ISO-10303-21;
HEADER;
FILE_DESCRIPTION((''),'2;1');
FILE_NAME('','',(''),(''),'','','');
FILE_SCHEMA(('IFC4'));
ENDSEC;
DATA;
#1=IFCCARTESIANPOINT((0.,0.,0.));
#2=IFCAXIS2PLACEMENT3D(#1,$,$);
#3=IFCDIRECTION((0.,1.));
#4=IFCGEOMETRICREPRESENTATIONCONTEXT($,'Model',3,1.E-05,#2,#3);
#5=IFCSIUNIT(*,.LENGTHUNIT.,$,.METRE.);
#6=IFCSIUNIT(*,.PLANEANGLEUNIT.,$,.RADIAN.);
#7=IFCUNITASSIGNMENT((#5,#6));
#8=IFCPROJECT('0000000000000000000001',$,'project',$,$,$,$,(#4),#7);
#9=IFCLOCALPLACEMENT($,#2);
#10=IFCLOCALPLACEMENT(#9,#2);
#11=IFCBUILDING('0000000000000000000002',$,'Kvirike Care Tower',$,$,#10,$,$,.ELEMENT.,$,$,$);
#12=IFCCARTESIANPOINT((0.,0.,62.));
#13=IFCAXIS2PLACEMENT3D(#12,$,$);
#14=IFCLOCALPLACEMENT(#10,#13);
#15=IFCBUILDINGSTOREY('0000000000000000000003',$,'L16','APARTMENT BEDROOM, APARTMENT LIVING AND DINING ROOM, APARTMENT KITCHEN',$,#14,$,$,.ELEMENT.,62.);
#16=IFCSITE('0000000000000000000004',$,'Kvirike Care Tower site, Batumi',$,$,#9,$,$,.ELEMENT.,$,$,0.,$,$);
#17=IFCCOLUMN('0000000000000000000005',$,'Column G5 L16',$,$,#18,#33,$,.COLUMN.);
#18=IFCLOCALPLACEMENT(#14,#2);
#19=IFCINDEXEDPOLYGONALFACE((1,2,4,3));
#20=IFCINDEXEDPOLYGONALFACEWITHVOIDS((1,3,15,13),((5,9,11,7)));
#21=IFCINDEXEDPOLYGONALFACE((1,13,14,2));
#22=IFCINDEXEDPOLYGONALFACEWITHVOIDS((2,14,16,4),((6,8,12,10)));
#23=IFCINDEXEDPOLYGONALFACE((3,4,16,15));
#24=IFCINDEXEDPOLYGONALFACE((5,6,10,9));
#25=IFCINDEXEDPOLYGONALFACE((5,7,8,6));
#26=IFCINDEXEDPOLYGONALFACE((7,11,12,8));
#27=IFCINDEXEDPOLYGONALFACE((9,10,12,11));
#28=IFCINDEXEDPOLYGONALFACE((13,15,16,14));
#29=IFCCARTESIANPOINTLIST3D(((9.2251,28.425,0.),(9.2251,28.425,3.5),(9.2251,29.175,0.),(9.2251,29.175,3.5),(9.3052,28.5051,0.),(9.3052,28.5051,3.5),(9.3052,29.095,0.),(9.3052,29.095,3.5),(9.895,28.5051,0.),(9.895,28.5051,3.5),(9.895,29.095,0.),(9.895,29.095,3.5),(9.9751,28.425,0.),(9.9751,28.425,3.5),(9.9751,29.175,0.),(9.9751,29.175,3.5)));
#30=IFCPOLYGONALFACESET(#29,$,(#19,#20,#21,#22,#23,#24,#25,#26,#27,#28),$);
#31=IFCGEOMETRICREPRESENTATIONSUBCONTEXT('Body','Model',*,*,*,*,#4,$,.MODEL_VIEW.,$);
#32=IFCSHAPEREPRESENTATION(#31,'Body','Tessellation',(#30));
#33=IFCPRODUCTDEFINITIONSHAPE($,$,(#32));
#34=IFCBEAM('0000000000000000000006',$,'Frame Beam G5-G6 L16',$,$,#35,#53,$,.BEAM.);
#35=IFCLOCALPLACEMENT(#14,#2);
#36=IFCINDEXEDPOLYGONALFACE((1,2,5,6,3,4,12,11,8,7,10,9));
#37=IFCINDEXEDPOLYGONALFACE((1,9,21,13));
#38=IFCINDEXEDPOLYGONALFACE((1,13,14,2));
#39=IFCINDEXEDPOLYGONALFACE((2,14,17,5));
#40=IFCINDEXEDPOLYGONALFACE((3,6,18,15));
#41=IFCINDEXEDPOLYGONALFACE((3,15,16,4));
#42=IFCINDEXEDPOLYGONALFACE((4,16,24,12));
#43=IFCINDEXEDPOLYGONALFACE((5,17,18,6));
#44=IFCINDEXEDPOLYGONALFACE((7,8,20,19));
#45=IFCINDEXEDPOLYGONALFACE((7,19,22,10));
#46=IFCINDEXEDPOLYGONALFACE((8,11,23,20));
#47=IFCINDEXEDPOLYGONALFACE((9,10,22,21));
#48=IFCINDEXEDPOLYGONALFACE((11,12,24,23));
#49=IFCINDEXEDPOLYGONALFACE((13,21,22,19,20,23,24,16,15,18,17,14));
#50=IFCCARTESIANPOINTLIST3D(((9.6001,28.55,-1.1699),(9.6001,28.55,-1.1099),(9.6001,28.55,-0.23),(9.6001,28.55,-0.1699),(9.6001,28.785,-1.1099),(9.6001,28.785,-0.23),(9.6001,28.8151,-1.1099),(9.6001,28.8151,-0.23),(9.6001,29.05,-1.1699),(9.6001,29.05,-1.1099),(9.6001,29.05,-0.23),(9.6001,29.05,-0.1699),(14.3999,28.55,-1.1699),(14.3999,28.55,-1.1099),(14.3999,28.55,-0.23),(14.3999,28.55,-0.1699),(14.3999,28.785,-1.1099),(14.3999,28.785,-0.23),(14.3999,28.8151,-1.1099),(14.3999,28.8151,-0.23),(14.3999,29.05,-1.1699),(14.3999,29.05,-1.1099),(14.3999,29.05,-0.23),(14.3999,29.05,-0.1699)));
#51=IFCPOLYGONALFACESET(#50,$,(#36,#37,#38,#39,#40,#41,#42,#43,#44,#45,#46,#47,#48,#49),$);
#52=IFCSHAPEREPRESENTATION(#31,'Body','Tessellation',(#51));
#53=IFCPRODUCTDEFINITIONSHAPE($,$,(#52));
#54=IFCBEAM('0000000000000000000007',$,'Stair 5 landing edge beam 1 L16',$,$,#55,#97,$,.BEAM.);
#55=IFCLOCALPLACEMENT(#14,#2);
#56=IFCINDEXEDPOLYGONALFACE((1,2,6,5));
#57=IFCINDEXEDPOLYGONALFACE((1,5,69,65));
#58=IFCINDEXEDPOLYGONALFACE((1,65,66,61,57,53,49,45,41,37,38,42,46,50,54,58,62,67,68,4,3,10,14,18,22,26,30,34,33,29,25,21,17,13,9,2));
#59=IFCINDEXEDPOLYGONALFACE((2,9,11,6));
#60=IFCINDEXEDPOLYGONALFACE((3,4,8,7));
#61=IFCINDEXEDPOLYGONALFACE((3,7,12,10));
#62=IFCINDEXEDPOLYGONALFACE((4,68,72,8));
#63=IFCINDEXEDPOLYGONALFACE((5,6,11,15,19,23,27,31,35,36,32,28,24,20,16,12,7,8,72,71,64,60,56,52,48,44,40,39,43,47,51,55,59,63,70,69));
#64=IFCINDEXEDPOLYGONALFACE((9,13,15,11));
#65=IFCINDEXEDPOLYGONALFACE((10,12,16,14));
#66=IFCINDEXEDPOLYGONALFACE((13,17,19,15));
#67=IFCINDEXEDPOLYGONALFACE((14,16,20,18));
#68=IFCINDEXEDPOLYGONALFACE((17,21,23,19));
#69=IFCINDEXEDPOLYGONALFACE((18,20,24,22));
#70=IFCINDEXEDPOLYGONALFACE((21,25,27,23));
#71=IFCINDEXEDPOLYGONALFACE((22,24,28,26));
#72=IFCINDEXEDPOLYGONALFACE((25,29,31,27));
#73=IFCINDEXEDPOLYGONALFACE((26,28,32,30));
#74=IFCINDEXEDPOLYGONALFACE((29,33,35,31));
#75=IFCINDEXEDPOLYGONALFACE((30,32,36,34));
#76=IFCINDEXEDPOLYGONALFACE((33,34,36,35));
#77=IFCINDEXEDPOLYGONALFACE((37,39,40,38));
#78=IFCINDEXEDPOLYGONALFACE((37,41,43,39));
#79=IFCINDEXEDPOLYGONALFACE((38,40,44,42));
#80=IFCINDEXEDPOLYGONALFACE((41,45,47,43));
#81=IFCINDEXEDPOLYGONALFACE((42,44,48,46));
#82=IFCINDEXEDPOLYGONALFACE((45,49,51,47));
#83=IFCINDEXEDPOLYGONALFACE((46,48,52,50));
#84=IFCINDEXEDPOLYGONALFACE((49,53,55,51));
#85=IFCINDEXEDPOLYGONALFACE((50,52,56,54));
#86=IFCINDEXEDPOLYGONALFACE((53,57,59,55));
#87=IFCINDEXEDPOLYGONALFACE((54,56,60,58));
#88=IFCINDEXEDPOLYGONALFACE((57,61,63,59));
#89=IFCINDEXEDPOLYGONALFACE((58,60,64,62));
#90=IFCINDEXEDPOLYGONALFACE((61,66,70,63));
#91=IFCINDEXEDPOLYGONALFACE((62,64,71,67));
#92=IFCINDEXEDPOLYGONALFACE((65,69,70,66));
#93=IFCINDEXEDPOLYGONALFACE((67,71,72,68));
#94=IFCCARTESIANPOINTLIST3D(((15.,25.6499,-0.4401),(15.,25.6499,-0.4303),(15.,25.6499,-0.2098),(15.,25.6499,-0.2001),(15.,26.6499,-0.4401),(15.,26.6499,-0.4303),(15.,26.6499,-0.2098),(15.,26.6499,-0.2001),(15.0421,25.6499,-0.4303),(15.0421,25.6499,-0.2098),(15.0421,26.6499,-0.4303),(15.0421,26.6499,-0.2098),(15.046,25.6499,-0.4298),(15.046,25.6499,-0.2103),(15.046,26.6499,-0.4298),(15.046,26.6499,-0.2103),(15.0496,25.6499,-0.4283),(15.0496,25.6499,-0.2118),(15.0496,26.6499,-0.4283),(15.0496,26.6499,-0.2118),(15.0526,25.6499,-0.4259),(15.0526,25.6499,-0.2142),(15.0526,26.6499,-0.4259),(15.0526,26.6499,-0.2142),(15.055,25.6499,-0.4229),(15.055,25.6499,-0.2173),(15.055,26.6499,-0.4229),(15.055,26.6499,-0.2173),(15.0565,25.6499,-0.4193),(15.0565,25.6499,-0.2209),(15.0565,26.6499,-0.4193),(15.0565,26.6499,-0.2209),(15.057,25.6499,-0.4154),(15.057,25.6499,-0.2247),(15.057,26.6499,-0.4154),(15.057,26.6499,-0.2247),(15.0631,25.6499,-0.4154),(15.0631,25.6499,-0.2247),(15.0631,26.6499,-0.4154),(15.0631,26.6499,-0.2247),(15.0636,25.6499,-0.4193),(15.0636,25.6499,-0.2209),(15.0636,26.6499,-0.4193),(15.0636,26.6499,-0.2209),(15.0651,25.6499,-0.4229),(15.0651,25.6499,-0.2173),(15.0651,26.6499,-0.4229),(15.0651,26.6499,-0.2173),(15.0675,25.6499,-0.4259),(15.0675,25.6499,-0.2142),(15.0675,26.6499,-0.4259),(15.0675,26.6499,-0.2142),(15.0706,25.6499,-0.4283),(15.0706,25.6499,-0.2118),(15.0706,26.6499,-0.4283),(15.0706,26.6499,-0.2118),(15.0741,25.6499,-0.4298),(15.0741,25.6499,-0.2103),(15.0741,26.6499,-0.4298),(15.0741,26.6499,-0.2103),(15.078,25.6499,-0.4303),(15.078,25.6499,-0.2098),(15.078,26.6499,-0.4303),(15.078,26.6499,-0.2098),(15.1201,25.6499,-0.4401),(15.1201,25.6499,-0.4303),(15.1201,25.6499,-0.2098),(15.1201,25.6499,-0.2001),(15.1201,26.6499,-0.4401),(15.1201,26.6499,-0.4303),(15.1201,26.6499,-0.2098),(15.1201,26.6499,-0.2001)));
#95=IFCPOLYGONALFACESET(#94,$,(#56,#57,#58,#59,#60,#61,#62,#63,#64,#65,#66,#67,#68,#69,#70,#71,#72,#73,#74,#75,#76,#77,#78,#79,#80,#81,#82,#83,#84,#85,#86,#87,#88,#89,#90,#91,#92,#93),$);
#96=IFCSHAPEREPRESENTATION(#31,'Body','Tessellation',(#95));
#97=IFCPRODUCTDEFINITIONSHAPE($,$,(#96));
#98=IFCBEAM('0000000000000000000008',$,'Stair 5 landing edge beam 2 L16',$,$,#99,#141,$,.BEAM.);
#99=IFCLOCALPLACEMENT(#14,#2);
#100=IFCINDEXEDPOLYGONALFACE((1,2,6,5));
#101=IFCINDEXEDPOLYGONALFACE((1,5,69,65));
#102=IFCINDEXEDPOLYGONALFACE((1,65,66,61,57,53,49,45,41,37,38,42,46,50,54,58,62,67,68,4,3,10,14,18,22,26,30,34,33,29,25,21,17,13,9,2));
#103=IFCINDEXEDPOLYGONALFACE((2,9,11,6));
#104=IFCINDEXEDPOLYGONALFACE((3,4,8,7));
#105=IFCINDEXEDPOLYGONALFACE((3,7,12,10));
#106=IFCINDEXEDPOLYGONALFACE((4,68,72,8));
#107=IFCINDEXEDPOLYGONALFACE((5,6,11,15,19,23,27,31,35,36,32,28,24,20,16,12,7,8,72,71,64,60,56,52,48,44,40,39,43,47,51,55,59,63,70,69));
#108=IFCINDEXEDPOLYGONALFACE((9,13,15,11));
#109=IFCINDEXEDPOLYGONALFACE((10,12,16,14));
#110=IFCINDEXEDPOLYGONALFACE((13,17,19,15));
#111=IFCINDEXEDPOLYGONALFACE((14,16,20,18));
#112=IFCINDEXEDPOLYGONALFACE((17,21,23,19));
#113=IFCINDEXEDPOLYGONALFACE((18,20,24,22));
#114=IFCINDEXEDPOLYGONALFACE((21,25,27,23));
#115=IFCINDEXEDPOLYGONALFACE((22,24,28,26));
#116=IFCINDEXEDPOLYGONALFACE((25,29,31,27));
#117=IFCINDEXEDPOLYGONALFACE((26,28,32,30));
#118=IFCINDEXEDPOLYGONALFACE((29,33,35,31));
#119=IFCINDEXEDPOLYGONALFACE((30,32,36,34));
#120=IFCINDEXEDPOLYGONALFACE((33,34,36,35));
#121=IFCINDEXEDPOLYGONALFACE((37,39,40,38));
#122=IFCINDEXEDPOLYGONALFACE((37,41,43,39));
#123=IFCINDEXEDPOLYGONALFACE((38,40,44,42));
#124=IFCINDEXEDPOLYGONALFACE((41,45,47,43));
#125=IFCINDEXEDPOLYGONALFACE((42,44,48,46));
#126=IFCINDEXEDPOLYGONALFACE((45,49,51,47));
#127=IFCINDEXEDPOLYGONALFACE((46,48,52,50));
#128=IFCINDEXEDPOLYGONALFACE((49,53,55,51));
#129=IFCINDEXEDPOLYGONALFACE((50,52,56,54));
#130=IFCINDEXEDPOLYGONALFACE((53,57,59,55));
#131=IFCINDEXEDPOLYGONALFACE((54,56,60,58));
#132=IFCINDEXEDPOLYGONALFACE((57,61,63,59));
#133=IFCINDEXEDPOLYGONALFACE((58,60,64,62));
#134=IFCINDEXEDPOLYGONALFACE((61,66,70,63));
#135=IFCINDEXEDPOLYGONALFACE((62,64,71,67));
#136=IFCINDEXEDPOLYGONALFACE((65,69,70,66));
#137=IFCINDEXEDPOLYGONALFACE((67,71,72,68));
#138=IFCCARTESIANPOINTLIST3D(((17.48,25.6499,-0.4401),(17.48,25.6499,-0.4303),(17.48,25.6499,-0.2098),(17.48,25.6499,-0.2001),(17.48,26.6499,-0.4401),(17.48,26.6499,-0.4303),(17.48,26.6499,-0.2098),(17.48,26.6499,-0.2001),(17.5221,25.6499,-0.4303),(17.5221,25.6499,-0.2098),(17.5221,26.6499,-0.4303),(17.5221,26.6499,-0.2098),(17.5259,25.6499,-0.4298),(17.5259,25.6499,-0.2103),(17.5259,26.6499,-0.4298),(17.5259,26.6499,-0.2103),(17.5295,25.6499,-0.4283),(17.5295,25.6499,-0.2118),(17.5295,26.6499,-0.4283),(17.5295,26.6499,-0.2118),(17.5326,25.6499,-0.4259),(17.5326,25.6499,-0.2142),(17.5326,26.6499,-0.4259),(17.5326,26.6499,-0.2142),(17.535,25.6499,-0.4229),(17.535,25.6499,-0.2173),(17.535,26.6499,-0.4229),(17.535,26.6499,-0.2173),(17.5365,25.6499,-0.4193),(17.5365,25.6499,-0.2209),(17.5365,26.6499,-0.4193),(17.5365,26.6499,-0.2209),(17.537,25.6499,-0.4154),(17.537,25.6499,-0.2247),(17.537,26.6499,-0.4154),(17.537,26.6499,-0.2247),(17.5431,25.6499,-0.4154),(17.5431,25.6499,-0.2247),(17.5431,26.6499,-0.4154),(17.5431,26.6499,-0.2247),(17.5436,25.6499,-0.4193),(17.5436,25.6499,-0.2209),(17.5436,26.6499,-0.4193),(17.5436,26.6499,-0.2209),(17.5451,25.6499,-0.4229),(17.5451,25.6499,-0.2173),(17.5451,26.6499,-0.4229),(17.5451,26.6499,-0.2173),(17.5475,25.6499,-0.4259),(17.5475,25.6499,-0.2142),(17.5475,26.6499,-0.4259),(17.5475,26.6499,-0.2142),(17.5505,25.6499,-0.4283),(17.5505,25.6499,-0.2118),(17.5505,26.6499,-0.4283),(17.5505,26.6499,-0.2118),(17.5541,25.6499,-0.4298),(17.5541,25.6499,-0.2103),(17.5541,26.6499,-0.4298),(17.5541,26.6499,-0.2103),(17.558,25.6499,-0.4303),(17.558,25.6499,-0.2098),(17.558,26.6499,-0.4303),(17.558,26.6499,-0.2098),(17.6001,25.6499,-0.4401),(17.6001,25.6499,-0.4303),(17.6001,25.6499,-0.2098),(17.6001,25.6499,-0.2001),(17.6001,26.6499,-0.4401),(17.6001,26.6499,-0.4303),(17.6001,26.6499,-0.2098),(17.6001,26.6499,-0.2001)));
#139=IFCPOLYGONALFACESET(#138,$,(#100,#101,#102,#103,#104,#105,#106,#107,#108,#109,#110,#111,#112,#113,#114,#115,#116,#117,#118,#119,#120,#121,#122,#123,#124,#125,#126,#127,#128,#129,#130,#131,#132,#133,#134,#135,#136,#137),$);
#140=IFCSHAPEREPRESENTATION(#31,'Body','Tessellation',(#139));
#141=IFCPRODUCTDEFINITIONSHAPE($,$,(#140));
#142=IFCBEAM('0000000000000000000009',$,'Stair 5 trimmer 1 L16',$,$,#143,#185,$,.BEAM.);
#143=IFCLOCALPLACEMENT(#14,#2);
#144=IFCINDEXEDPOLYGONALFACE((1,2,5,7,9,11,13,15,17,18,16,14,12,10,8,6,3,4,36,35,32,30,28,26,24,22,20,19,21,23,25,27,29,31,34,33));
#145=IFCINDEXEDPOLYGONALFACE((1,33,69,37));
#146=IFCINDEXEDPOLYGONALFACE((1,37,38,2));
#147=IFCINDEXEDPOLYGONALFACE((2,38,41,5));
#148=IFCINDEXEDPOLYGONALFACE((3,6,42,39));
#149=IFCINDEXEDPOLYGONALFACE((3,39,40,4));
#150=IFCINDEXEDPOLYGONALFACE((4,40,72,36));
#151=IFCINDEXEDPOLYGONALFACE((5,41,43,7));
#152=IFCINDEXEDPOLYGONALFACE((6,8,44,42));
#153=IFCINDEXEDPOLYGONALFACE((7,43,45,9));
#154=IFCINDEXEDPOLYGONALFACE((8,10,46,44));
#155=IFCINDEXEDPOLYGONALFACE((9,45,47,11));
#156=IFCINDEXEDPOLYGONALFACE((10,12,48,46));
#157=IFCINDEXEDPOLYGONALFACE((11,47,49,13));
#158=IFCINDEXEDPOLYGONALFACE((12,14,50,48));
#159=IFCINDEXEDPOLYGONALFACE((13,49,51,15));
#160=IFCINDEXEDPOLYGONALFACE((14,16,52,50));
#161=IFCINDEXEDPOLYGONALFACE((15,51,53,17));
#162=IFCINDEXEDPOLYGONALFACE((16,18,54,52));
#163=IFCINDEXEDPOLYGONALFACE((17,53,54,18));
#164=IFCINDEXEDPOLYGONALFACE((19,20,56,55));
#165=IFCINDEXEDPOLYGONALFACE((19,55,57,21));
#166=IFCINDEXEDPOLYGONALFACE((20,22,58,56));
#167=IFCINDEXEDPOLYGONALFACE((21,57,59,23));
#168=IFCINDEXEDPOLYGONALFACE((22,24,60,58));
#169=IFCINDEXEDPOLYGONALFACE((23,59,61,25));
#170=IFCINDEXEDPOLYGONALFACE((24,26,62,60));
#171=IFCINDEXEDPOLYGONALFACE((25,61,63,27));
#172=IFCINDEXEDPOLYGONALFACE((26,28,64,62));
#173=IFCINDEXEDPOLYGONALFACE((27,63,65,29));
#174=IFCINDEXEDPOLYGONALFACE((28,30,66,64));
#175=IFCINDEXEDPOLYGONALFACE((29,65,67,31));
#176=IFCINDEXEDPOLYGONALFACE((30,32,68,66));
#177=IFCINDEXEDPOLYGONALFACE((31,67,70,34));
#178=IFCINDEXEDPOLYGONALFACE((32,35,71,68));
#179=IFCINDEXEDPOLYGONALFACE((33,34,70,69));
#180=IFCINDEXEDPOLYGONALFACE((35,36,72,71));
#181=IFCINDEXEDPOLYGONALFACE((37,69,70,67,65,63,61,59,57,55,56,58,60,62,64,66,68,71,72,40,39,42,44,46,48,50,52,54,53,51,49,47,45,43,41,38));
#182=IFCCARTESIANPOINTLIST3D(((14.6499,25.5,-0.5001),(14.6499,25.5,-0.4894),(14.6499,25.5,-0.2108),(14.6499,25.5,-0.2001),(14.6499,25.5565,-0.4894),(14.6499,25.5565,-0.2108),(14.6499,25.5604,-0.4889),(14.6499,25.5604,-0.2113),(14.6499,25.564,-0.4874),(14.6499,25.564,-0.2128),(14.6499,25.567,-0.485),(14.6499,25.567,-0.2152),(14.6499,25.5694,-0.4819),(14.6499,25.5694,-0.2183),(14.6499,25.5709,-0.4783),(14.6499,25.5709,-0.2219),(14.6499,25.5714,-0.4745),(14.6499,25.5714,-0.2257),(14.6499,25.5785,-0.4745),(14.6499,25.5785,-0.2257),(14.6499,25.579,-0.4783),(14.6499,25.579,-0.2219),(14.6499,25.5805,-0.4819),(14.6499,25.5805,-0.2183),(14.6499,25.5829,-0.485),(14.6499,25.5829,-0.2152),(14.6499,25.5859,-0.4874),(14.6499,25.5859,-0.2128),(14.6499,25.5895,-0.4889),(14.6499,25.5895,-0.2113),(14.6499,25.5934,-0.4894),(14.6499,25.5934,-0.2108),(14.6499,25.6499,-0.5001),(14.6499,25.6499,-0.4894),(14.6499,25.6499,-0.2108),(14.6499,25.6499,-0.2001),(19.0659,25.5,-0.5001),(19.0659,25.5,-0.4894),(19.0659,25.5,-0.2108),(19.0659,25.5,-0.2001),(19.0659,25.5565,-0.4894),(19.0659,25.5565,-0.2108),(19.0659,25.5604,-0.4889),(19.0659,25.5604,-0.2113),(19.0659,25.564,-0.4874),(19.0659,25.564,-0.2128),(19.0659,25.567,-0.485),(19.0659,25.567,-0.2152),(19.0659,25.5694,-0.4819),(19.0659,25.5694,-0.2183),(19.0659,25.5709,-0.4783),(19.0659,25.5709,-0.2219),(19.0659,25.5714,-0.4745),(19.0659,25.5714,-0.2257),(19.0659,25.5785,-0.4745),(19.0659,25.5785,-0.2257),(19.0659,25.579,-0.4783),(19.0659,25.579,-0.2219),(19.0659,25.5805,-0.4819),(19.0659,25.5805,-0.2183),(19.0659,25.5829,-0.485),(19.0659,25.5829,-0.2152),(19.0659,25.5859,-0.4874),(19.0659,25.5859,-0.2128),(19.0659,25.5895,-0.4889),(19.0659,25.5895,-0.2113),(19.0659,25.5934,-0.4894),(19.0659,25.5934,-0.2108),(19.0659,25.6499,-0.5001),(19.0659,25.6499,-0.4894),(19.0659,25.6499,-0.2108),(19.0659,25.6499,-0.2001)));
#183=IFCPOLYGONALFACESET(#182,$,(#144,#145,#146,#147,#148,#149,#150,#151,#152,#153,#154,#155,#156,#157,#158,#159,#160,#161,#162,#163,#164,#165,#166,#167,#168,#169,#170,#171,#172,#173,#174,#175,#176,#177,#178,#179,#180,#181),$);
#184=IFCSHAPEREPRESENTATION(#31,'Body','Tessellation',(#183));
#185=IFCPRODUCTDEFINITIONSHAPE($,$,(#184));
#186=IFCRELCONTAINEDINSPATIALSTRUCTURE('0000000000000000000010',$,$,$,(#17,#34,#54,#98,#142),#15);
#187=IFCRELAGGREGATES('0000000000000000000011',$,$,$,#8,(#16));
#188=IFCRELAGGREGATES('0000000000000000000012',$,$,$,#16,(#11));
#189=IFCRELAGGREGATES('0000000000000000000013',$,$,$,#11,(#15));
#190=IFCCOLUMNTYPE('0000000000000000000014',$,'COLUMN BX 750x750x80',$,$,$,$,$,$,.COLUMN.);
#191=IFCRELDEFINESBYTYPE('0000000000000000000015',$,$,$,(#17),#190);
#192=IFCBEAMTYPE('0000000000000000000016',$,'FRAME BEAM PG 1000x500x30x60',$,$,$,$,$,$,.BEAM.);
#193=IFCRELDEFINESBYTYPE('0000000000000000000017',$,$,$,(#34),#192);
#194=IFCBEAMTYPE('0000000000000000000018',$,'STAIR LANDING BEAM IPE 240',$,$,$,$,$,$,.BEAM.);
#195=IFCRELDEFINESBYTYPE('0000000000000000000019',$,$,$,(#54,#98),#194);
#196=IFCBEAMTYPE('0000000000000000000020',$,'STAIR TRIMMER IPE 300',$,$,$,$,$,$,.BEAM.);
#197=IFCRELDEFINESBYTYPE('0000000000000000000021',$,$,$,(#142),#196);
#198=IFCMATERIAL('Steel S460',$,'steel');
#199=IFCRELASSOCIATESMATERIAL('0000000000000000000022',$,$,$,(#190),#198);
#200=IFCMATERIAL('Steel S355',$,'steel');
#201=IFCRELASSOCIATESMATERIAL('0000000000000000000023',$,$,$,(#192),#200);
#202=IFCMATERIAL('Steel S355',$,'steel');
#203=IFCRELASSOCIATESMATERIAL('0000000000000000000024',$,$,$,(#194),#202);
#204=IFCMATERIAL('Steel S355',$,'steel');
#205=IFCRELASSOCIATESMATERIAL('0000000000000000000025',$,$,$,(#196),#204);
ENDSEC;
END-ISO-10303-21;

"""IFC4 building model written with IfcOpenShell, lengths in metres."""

from ifc_helpers import new_model, si_unit, direction, frame, origin, origin_2d, place, context, subcontext, project, spatial, hollow_rectangle, i_section, extrude, material, material_profile, profile_set, type_object, element, save


model = new_model("IFC4")

# Units and contexts
model_context = context("Model", 3, precision=1e-05, world=origin(), true_north=direction((0.0, 1.0)))
body_context = subcontext(model_context, "Body", "Model", "MODEL_VIEW")
ifc_project = project(units=[si_unit("LENGTHUNIT", "METRE"), si_unit("PLANEANGLEUNIT", "RADIAN")], contexts=[model_context])

# Site, building, storey
site_placement = place(None, origin())
site = spatial("IfcSite", under=ifc_project, at=site_placement, Name="Kvirike Care Tower site, Batumi", CompositionType="ELEMENT", RefElevation=0.0)
building_placement = place(site_placement, origin())
building = spatial("IfcBuilding", under=site, at=building_placement, Name="Kvirike Care Tower", CompositionType="ELEMENT")
storey_placement = place(building_placement, frame((0.0, 0.0, 62.0)))
storey = spatial("IfcBuildingStorey", under=building, at=storey_placement, Name="L16", Description="APARTMENT BEDROOM, APARTMENT LIVING AND DINING ROOM, APARTMENT KITCHEN", CompositionType="ELEMENT", Elevation=62.0)

# Column
ifc_material_1 = material(Name="Steel S460", Category="steel")
ifc_material_profile_1 = material_profile(ifc_material_1, hollow_rectangle(XDim=0.75, YDim=0.75, WallThickness=0.0801, at=origin_2d()), Name="BX 750x750x80")
ifc_profile_set_1 = profile_set([ifc_material_profile_1], Name="Steel S460")
column_type = type_object("IfcColumnType", Name="COLUMN BX 750x750x80", PredefinedType="COLUMN", material=ifc_profile_set_1)
column_placement = place(storey_placement, frame((9.6001, 28.8, 0.0), z_axis=(0.0, 0.0, 1.0), x_axis=(0.0, 1.0, 0.0)))
element("IfcColumn", 1, at=column_placement, inside=storey, type_object=column_type, Name="Column G5 L16", PredefinedType="COLUMN", context=body_context, shape_type="SweptSolid", body=[
    extrude(hollow_rectangle(XDim=0.75, YDim=0.75, WallThickness=0.0801, at=origin_2d()), origin(), (0.0, 0.0, 1.0), 3.5),
])

# Beams
ifc_material_2 = material(Name="Steel S355", Category="steel")
ifc_material_profile_2 = material_profile(ifc_material_2, i_section(OverallWidth=0.5, OverallDepth=1.0, WebThickness=0.03, FlangeThickness=0.0601, at=origin_2d()), Name="PG 1000x500x30x60")
ifc_profile_set_2 = profile_set([ifc_material_profile_2], Name="Steel S355")
beam_type_1 = type_object("IfcBeamType", Name="FRAME BEAM PG 1000x500x30x60", PredefinedType="BEAM", material=ifc_profile_set_2)
beam_placement = place(storey_placement, frame((9.6001, 28.8, -0.6699), z_axis=(1.0, 0.0, 0.0), x_axis=(0.0, 1.0, 0.0)))
element("IfcBeam", 2, at=beam_placement, inside=storey, type_object=beam_type_1, Name="Frame Beam G5-G6 L16", PredefinedType="BEAM", context=body_context, shape_type="SweptSolid", body=[
    extrude(i_section(OverallWidth=0.5, OverallDepth=1.0, WebThickness=0.03, FlangeThickness=0.0601, at=origin_2d()), origin(), (0.0, 0.0, 1.0), 4.7998),
])
ifc_material_3 = material(Name="Steel S355", Category="steel")
ifc_material_profile_3 = material_profile(ifc_material_3, i_section(OverallWidth=0.1201, OverallDepth=0.24, WebThickness=0.0061, FlangeThickness=0.0098, FilletRadius=0.0149, at=origin_2d()), Name="IPE 240")
ifc_profile_set_3 = profile_set([ifc_material_profile_3], Name="Steel S355")
beam_type_2 = type_object("IfcBeamType", Name="STAIR LANDING BEAM IPE 240", PredefinedType="BEAM", material=ifc_profile_set_3)
for number, where, z_axis, x_axis, name in (
    (3, (15.0601, 25.6499, -0.3201), (0.0, 1.0, 0.0), (-1.0, 0.0, 0.0), "Stair 5 landing edge beam 1 L16"),
    (4, (17.54, 25.6499, -0.3201), (0.0, 1.0, 0.0), (-1.0, 0.0, 0.0), "Stair 5 landing edge beam 2 L16"),
):
    element("IfcBeam", number, at=place(storey_placement, frame(where, z_axis=z_axis, x_axis=x_axis)), inside=storey, type_object=beam_type_2, Name=name, PredefinedType="BEAM", context=body_context, shape_type="SweptSolid", body=[
        extrude(i_section(OverallWidth=0.1201, OverallDepth=0.24, WebThickness=0.0061, FlangeThickness=0.0098, FilletRadius=0.0149, at=origin_2d()), origin(), (0.0, 0.0, 1.0), 1.0),
    ])
ifc_material_4 = material(Name="Steel S355", Category="steel")
ifc_material_profile_4 = material_profile(ifc_material_4, i_section(OverallWidth=0.1499, OverallDepth=0.3, WebThickness=0.0071, FlangeThickness=0.0107, FilletRadius=0.0149, at=origin_2d()), Name="IPE 300")
ifc_profile_set_4 = profile_set([ifc_material_profile_4], Name="Steel S355")
beam_type_3 = type_object("IfcBeamType", Name="STAIR TRIMMER IPE 300", PredefinedType="BEAM", material=ifc_profile_set_4)
for number, where, z_axis, x_axis, name in (
    (5, (14.6499, 25.575, -0.3501), (1.0, 0.0, 0.0), (0.0, 1.0, 0.0), "Stair 5 trimmer 1 L16"),
):
    element("IfcBeam", number, at=place(storey_placement, frame(where, z_axis=z_axis, x_axis=x_axis)), inside=storey, type_object=beam_type_3, Name=name, PredefinedType="BEAM", context=body_context, shape_type="SweptSolid", body=[
        extrude(i_section(OverallWidth=0.1499, OverallDepth=0.3, WebThickness=0.0071, FlangeThickness=0.0107, FilletRadius=0.0149, at=origin_2d()), origin(), (0.0, 0.0, 1.0), 4.416),
    ])

save(model, "model.ifc")
